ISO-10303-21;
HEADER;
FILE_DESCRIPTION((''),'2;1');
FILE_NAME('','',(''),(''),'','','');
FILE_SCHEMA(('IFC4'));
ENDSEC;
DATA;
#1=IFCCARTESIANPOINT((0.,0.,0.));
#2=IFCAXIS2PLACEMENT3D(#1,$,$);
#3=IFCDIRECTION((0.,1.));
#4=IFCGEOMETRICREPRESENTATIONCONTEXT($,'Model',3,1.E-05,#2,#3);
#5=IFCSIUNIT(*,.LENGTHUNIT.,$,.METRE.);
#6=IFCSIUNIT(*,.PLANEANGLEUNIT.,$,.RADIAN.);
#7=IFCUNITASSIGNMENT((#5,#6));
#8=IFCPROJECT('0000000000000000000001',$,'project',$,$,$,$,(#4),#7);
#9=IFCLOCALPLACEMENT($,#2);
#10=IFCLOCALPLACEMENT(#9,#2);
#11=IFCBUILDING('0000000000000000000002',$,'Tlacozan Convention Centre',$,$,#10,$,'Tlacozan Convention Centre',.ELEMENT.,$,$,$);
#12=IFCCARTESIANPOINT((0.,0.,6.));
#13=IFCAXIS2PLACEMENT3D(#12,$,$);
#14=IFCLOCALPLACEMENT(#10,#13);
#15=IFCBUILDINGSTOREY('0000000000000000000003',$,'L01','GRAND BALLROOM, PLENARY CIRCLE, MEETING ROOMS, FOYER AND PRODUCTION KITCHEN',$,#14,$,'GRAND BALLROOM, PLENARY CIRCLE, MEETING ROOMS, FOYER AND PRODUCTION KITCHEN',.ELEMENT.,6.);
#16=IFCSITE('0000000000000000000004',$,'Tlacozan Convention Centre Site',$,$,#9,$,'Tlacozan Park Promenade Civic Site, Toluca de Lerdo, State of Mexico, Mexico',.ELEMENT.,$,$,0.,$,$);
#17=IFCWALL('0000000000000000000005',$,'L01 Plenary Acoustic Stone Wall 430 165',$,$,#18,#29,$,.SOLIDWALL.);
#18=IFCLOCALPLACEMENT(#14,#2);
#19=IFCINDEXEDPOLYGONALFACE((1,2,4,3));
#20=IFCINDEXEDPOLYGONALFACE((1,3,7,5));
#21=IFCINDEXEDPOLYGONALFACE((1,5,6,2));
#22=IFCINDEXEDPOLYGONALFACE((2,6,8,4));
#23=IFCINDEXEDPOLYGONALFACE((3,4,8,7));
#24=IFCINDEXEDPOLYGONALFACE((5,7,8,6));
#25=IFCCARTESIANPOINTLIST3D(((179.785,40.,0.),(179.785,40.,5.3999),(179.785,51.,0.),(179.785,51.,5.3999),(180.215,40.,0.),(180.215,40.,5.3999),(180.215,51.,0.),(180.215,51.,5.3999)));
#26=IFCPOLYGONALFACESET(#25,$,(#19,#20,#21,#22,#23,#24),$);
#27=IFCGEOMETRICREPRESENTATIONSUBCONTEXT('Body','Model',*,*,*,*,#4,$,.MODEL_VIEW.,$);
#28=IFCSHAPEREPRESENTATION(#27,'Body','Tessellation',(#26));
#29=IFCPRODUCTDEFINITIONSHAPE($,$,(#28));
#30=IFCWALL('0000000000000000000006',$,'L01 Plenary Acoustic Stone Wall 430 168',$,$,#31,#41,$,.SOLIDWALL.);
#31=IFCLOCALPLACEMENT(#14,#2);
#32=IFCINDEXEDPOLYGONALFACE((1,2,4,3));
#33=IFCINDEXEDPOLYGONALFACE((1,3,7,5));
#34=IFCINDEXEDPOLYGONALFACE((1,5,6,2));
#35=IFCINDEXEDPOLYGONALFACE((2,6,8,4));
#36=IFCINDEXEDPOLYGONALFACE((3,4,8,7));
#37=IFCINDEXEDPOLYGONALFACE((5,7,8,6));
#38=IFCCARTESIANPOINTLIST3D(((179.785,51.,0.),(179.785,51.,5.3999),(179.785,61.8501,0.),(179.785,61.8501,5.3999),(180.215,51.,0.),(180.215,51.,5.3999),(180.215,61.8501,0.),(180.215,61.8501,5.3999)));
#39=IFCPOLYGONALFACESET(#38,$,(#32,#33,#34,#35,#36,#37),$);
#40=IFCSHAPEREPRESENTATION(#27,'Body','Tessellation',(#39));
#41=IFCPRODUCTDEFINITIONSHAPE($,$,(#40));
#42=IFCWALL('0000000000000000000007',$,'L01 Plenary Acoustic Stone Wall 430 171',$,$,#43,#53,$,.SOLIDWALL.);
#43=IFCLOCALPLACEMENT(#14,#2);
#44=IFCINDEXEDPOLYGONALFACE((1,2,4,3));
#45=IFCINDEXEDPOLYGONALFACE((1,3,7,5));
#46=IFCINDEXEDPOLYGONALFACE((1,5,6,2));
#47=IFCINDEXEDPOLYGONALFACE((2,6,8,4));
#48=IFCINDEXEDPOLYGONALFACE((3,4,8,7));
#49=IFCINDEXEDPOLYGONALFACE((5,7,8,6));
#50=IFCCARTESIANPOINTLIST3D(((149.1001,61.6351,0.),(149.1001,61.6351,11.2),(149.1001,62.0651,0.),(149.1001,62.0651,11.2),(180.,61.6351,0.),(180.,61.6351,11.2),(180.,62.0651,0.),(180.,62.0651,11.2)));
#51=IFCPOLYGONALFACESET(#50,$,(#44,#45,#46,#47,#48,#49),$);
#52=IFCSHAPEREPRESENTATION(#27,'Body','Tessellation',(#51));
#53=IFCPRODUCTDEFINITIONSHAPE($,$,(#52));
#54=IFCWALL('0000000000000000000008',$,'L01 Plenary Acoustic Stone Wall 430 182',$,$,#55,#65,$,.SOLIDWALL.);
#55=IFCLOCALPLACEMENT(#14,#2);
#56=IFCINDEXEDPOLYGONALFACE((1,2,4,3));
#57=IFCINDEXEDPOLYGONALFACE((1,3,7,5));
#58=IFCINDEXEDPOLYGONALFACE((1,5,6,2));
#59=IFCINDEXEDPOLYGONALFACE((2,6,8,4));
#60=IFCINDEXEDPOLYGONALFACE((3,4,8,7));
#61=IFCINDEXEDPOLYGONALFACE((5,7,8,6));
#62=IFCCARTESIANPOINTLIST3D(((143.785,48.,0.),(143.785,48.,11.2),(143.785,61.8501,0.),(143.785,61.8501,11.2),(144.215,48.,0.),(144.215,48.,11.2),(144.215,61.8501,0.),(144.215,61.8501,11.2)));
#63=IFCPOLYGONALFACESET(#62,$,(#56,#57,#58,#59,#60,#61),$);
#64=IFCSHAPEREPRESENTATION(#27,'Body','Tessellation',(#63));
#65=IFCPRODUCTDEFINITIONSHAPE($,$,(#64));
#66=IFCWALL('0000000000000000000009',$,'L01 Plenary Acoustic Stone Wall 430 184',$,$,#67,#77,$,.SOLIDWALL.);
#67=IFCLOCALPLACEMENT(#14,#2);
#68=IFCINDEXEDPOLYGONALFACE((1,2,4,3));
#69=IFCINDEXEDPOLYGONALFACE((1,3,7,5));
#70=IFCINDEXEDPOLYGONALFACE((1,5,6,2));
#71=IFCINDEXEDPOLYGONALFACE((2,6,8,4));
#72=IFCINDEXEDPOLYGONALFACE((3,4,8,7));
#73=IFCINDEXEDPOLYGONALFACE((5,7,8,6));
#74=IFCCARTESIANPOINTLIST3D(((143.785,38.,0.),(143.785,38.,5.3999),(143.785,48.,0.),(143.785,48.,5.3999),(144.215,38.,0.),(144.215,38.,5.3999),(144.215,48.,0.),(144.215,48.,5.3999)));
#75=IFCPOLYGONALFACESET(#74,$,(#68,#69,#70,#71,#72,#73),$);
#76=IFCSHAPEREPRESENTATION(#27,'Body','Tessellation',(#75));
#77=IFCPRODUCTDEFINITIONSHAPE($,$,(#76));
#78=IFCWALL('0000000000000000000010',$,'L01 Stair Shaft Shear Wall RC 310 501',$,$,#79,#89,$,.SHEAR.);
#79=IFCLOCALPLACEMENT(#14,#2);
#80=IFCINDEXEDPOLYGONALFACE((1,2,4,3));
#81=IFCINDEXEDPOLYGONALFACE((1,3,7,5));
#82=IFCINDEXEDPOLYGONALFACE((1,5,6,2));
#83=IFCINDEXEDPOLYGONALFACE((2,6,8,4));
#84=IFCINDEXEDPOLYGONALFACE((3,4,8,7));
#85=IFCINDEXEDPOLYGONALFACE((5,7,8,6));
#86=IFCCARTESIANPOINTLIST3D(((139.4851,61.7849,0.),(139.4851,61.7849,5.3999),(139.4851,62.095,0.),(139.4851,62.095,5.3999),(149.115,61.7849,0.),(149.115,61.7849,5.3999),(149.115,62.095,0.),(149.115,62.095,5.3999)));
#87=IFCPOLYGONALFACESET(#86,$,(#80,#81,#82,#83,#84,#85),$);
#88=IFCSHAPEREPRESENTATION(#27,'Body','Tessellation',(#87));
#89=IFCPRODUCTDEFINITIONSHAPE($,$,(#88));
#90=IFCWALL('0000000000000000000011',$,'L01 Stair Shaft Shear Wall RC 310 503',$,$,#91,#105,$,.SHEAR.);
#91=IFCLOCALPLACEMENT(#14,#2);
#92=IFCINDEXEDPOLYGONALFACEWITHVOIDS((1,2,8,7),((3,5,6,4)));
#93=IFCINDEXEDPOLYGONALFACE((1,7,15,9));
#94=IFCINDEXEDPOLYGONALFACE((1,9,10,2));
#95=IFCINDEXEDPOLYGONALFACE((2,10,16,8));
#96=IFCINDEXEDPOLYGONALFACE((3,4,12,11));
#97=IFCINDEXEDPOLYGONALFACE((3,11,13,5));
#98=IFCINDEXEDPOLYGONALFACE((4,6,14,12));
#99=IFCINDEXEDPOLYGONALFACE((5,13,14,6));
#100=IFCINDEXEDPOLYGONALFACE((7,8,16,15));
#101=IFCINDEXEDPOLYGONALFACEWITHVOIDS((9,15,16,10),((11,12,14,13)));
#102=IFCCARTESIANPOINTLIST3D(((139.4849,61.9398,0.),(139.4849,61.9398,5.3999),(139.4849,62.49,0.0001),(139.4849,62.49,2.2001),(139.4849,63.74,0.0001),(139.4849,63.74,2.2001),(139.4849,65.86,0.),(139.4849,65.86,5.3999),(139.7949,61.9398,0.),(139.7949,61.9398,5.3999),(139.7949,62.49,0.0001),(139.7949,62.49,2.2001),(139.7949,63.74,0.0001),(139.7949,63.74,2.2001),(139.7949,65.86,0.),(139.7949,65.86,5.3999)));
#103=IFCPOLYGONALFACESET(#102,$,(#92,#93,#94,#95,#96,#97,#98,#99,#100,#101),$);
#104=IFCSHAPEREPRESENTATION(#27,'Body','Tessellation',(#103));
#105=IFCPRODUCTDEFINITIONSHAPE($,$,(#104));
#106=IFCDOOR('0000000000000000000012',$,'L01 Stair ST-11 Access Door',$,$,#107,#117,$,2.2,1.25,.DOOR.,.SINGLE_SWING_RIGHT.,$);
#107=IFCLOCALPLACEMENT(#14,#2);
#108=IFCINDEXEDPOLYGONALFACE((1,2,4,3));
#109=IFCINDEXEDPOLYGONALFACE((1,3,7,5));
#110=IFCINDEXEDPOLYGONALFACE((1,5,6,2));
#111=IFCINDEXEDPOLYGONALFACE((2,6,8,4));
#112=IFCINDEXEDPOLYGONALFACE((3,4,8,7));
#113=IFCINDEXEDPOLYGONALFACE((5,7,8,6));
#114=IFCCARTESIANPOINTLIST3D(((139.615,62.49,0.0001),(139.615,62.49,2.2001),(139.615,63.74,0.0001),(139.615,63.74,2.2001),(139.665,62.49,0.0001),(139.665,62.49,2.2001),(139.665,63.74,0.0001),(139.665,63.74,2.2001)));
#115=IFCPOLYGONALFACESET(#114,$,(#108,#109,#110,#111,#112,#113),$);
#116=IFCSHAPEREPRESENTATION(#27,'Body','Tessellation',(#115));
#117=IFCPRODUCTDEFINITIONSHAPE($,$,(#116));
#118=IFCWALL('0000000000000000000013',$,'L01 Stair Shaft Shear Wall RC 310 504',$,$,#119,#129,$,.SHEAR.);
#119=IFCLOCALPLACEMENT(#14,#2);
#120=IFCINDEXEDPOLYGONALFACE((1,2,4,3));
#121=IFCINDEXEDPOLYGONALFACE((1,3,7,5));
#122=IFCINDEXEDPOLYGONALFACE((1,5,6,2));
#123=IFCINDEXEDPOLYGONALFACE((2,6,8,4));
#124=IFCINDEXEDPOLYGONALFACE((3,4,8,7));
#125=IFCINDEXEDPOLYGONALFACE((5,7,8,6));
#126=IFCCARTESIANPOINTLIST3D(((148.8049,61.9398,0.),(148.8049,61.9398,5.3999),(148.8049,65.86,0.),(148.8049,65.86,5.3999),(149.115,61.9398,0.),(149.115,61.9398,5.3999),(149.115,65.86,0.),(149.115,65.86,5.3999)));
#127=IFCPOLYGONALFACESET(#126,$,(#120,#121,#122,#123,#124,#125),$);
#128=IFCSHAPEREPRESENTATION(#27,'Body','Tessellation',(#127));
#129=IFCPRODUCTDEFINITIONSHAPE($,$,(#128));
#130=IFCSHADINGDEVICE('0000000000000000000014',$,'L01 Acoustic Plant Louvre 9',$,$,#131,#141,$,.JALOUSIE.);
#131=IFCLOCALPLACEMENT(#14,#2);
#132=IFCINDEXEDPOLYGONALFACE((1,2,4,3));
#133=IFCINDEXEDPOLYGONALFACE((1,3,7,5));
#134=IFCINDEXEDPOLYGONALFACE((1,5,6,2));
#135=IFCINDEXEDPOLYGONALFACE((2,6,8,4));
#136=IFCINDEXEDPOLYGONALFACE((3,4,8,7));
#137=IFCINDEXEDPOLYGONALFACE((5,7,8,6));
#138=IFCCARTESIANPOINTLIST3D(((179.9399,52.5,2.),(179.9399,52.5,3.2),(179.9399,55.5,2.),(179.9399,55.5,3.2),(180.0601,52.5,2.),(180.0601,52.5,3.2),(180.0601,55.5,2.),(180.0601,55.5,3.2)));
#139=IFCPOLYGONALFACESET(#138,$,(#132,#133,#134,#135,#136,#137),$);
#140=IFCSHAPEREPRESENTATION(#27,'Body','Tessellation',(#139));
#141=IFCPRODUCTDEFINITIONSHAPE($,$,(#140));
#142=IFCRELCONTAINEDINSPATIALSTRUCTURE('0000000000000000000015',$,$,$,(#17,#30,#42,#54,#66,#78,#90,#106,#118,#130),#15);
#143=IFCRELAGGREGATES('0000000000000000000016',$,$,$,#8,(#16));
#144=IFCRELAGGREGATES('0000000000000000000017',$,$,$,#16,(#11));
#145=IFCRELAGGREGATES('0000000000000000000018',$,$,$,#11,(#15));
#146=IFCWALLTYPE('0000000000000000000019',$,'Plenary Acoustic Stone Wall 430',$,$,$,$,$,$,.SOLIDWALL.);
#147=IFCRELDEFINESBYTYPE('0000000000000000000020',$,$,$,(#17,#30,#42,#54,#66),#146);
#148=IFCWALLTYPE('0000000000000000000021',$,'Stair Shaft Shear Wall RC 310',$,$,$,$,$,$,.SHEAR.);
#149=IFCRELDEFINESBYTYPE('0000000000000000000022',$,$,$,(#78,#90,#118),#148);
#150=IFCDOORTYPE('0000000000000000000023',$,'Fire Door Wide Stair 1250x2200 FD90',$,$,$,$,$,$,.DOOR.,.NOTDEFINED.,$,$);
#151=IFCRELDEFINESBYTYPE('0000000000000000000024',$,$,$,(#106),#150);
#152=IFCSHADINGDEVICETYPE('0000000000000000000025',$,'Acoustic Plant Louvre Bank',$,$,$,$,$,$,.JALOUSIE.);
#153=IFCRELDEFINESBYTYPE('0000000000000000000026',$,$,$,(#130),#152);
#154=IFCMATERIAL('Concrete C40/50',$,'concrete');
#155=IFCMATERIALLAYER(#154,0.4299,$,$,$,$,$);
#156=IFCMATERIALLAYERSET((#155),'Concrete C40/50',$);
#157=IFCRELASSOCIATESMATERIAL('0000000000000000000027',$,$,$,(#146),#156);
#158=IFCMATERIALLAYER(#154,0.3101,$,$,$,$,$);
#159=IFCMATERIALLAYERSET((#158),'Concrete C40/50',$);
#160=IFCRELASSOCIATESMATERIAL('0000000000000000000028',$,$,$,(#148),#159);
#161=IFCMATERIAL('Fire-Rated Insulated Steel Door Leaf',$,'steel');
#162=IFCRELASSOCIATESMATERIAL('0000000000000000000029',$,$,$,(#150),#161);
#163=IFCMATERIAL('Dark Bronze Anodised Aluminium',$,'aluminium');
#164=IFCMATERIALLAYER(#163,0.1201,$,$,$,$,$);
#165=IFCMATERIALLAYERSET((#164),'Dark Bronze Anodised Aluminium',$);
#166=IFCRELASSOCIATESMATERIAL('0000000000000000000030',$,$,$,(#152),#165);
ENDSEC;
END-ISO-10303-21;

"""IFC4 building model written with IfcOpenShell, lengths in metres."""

from ifc_helpers import new_model, si_unit, direction, frame, frame_2d, origin, origin_2d, place, context, subcontext, project, spatial, rectangle, extrude, material, layer, layer_set, type_object, element, fill, save


model = new_model("IFC4")

# Units and contexts
model_context = context("Model", 3, precision=1e-05, world=origin(), true_north=direction((0.0, 1.0)))
body_context = subcontext(model_context, "Body", "Model", "MODEL_VIEW")
ifc_project = project(units=[si_unit("LENGTHUNIT", "METRE"), si_unit("PLANEANGLEUNIT", "RADIAN")], contexts=[model_context])

# Site, building, storey
site_placement = place(None, origin())
site = spatial("IfcSite", under=ifc_project, at=site_placement, Name="Tlacozan Convention Centre Site", LongName="Tlacozan Park Promenade Civic Site, Toluca de Lerdo, State of Mexico, Mexico", CompositionType="ELEMENT", RefElevation=0.0)
building_placement = place(site_placement, origin())
building = spatial("IfcBuilding", under=site, at=building_placement, Name="Tlacozan Convention Centre", LongName="Tlacozan Convention Centre", CompositionType="ELEMENT")
storey_placement = place(building_placement, frame((0.0, 0.0, 6.0)))
storey = spatial("IfcBuildingStorey", under=building, at=storey_placement, Name="L01", Description="GRAND BALLROOM, PLENARY CIRCLE, MEETING ROOMS, FOYER AND PRODUCTION KITCHEN", LongName="GRAND BALLROOM, PLENARY CIRCLE, MEETING ROOMS, FOYER AND PRODUCTION KITCHEN", CompositionType="ELEMENT", Elevation=6.0)

# Shared definitions
ifc_material_1 = material(Name="Concrete C40/50", Category="concrete")

# Shared definitions
ifc_material_2 = material(Name="Dark Bronze Anodised Aluminium", Category="aluminium")

# Walls
ifc_layer_1 = layer(ifc_material_1, 0.4299)
ifc_layer_set_1 = layer_set([ifc_layer_1], Name="Concrete C40/50")
wall_type_1 = type_object("IfcWallType", Name="Plenary Acoustic Stone Wall 430", PredefinedType="SOLIDWALL", material=ifc_layer_set_1)
wall_1_placement = place(storey_placement, frame((180.0, 40.0, 0.0), z_axis=(0.0, 0.0, 1.0), x_axis=(0.0, 1.0, 0.0)))
element("IfcWall", 1, at=wall_1_placement, inside=storey, type_object=wall_type_1, Name="L01 Plenary Acoustic Stone Wall 430 165", PredefinedType="SOLIDWALL", context=body_context, shape_type="SweptSolid", body=[
    extrude(rectangle(XDim=11.0, YDim=0.4299, at=frame_2d((5.5, 0.0))), origin(), (0.0, 0.0, 1.0), 5.3999),
])
wall_2_placement = place(storey_placement, frame((180.0, 51.0, 0.0), z_axis=(0.0, 0.0, 1.0), x_axis=(0.0, 1.0, 0.0)))
element("IfcWall", 2, at=wall_2_placement, inside=storey, type_object=wall_type_1, Name="L01 Plenary Acoustic Stone Wall 430 168", PredefinedType="SOLIDWALL", context=body_context, shape_type="SweptSolid", body=[
    extrude(rectangle(XDim=10.8501, YDim=0.4299, at=frame_2d((5.425, 0.0))), origin(), (0.0, 0.0, 1.0), 5.3999),
])
wall_3_placement = place(storey_placement, frame((149.1001, 61.8501, 0.0), z_axis=(0.0, 0.0, 1.0), x_axis=(1.0, 0.0, 0.0)))
element("IfcWall", 3, at=wall_3_placement, inside=storey, type_object=wall_type_1, Name="L01 Plenary Acoustic Stone Wall 430 171", PredefinedType="SOLIDWALL", context=body_context, shape_type="SweptSolid", body=[
    extrude(rectangle(XDim=30.8999, YDim=0.4299, at=frame_2d((15.45, 0.0))), origin(), (0.0, 0.0, 1.0), 11.2),
])
wall_4_placement = place(storey_placement, frame((144.0, 48.0, 0.0), z_axis=(0.0, 0.0, 1.0), x_axis=(0.0, 1.0, 0.0)))
element("IfcWall", 4, at=wall_4_placement, inside=storey, type_object=wall_type_1, Name="L01 Plenary Acoustic Stone Wall 430 182", PredefinedType="SOLIDWALL", context=body_context, shape_type="SweptSolid", body=[
    extrude(rectangle(XDim=13.8501, YDim=0.4299, at=frame_2d((6.925, 0.0))), origin(), (0.0, 0.0, 1.0), 11.2),
])
wall_5_placement = place(storey_placement, frame((144.0, 38.0, 0.0), z_axis=(0.0, 0.0, 1.0), x_axis=(0.0, 1.0, 0.0)))
element("IfcWall", 5, at=wall_5_placement, inside=storey, type_object=wall_type_1, Name="L01 Plenary Acoustic Stone Wall 430 184", PredefinedType="SOLIDWALL", context=body_context, shape_type="SweptSolid", body=[
    extrude(rectangle(XDim=10.0, YDim=0.4299, at=frame_2d((5.0, 0.0))), origin(), (0.0, 0.0, 1.0), 5.3999),
])
ifc_layer_2 = layer(ifc_material_1, 0.3101)
ifc_layer_set_2 = layer_set([ifc_layer_2], Name="Concrete C40/50")
wall_type_2 = type_object("IfcWallType", Name="Stair Shaft Shear Wall RC 310", PredefinedType="SHEAR", material=ifc_layer_set_2)
wall_6_placement = place(storey_placement, frame((139.4851, 61.9399, 0.0), z_axis=(0.0, 0.0, 1.0), x_axis=(1.0, 0.0, 0.0)))
element("IfcWall", 6, at=wall_6_placement, inside=storey, type_object=wall_type_2, Name="L01 Stair Shaft Shear Wall RC 310 501", PredefinedType="SHEAR", context=body_context, shape_type="SweptSolid", body=[
    extrude(rectangle(XDim=9.6299, YDim=0.3101, at=frame_2d((4.8149, 0.0))), origin(), (0.0, 0.0, 1.0), 5.3999),
])

# Wall, opening, door
wall_7_placement = place(storey_placement, frame((139.6399, 61.9399, 0.0), z_axis=(0.0, 0.0, 1.0), x_axis=(0.0, 1.0, 0.0)))
wall_7 = element("IfcWall", 7, at=wall_7_placement, inside=storey, type_object=wall_type_2, Name="L01 Stair Shaft Shear Wall RC 310 503", PredefinedType="SHEAR", context=body_context, shape_type="SweptSolid", body=[
    extrude(rectangle(XDim=3.9202, YDim=0.3101, at=frame_2d((1.96, 0.0))), origin(), (0.0, 0.0, 1.0), 5.3999),
])
opening_placement = place(wall_7_placement, frame((0.55, 0.0, 0.0)))
opening = element("IfcOpeningElement", 8, at=opening_placement, cuts=wall_7, PredefinedType="OPENING", context=body_context, shape_type="SweptSolid", body=[
    extrude(rectangle(XDim=1.25, YDim=2.2, at=frame_2d((0.625, 1.1001))), frame((0.0, 0.165, 0.0), z_axis=(0.0, -1.0, 0.0), x_axis=(1.0, 0.0, 0.0)), (0.0, 0.0, 1.0), 0.3301),
])
ifc_material_3 = material(Name="Fire-Rated Insulated Steel Door Leaf", Category="steel")
door_type = type_object("IfcDoorType", Name="Fire Door Wide Stair 1250x2200 FD90", OperationType="NOTDEFINED", PredefinedType="DOOR", material=ifc_material_3)
door_placement = place(opening_placement, origin())
door = element("IfcDoor", 9, at=door_placement, inside=storey, type_object=door_type, Name="L01 Stair ST-11 Access Door", OperationType="SINGLE_SWING_RIGHT", OverallHeight=2.2, OverallWidth=1.25, PredefinedType="DOOR", context=body_context, shape_type="SweptSolid", body=[
    extrude(rectangle(XDim=1.25, YDim=2.2, at=frame_2d((0.625, 1.1001))), frame((0.0, 0.0249, 0.0), z_axis=(0.0, -1.0, 0.0), x_axis=(1.0, 0.0, 0.0)), (0.0, 0.0, 1.0), 0.05),
])
fill(opening, door)

# Wall
wall_8_placement = place(storey_placement, frame((148.96, 61.9399, 0.0), z_axis=(0.0, 0.0, 1.0), x_axis=(0.0, 1.0, 0.0)))
element("IfcWall", 10, at=wall_8_placement, inside=storey, type_object=wall_type_2, Name="L01 Stair Shaft Shear Wall RC 310 504", PredefinedType="SHEAR", context=body_context, shape_type="SweptSolid", body=[
    extrude(rectangle(XDim=3.9202, YDim=0.3101, at=frame_2d((1.96, 0.0))), origin(), (0.0, 0.0, 1.0), 5.3999),
])

# Shading device
ifc_layer_3 = layer(ifc_material_2, 0.1201)
ifc_layer_set_3 = layer_set([ifc_layer_3], Name="Dark Bronze Anodised Aluminium")
shading_device_type = type_object("IfcShadingDeviceType", Name="Acoustic Plant Louvre Bank", PredefinedType="JALOUSIE", material=ifc_layer_set_3)
shading_device_placement = place(storey_placement, frame((180.0, 54.0, 2.0), z_axis=(0.0, 0.0, 1.0), x_axis=(0.0, 1.0, 0.0)))
element("IfcShadingDevice", 11, at=shading_device_placement, inside=storey, type_object=shading_device_type, Name="L01 Acoustic Plant Louvre 9", PredefinedType="JALOUSIE", context=body_context, shape_type="SweptSolid", body=[
    extrude(rectangle(XDim=3.0, YDim=0.1201, at=origin_2d()), origin(), (0.0, 0.0, 1.0), 1.2),
])

save(model, "model.ifc")
